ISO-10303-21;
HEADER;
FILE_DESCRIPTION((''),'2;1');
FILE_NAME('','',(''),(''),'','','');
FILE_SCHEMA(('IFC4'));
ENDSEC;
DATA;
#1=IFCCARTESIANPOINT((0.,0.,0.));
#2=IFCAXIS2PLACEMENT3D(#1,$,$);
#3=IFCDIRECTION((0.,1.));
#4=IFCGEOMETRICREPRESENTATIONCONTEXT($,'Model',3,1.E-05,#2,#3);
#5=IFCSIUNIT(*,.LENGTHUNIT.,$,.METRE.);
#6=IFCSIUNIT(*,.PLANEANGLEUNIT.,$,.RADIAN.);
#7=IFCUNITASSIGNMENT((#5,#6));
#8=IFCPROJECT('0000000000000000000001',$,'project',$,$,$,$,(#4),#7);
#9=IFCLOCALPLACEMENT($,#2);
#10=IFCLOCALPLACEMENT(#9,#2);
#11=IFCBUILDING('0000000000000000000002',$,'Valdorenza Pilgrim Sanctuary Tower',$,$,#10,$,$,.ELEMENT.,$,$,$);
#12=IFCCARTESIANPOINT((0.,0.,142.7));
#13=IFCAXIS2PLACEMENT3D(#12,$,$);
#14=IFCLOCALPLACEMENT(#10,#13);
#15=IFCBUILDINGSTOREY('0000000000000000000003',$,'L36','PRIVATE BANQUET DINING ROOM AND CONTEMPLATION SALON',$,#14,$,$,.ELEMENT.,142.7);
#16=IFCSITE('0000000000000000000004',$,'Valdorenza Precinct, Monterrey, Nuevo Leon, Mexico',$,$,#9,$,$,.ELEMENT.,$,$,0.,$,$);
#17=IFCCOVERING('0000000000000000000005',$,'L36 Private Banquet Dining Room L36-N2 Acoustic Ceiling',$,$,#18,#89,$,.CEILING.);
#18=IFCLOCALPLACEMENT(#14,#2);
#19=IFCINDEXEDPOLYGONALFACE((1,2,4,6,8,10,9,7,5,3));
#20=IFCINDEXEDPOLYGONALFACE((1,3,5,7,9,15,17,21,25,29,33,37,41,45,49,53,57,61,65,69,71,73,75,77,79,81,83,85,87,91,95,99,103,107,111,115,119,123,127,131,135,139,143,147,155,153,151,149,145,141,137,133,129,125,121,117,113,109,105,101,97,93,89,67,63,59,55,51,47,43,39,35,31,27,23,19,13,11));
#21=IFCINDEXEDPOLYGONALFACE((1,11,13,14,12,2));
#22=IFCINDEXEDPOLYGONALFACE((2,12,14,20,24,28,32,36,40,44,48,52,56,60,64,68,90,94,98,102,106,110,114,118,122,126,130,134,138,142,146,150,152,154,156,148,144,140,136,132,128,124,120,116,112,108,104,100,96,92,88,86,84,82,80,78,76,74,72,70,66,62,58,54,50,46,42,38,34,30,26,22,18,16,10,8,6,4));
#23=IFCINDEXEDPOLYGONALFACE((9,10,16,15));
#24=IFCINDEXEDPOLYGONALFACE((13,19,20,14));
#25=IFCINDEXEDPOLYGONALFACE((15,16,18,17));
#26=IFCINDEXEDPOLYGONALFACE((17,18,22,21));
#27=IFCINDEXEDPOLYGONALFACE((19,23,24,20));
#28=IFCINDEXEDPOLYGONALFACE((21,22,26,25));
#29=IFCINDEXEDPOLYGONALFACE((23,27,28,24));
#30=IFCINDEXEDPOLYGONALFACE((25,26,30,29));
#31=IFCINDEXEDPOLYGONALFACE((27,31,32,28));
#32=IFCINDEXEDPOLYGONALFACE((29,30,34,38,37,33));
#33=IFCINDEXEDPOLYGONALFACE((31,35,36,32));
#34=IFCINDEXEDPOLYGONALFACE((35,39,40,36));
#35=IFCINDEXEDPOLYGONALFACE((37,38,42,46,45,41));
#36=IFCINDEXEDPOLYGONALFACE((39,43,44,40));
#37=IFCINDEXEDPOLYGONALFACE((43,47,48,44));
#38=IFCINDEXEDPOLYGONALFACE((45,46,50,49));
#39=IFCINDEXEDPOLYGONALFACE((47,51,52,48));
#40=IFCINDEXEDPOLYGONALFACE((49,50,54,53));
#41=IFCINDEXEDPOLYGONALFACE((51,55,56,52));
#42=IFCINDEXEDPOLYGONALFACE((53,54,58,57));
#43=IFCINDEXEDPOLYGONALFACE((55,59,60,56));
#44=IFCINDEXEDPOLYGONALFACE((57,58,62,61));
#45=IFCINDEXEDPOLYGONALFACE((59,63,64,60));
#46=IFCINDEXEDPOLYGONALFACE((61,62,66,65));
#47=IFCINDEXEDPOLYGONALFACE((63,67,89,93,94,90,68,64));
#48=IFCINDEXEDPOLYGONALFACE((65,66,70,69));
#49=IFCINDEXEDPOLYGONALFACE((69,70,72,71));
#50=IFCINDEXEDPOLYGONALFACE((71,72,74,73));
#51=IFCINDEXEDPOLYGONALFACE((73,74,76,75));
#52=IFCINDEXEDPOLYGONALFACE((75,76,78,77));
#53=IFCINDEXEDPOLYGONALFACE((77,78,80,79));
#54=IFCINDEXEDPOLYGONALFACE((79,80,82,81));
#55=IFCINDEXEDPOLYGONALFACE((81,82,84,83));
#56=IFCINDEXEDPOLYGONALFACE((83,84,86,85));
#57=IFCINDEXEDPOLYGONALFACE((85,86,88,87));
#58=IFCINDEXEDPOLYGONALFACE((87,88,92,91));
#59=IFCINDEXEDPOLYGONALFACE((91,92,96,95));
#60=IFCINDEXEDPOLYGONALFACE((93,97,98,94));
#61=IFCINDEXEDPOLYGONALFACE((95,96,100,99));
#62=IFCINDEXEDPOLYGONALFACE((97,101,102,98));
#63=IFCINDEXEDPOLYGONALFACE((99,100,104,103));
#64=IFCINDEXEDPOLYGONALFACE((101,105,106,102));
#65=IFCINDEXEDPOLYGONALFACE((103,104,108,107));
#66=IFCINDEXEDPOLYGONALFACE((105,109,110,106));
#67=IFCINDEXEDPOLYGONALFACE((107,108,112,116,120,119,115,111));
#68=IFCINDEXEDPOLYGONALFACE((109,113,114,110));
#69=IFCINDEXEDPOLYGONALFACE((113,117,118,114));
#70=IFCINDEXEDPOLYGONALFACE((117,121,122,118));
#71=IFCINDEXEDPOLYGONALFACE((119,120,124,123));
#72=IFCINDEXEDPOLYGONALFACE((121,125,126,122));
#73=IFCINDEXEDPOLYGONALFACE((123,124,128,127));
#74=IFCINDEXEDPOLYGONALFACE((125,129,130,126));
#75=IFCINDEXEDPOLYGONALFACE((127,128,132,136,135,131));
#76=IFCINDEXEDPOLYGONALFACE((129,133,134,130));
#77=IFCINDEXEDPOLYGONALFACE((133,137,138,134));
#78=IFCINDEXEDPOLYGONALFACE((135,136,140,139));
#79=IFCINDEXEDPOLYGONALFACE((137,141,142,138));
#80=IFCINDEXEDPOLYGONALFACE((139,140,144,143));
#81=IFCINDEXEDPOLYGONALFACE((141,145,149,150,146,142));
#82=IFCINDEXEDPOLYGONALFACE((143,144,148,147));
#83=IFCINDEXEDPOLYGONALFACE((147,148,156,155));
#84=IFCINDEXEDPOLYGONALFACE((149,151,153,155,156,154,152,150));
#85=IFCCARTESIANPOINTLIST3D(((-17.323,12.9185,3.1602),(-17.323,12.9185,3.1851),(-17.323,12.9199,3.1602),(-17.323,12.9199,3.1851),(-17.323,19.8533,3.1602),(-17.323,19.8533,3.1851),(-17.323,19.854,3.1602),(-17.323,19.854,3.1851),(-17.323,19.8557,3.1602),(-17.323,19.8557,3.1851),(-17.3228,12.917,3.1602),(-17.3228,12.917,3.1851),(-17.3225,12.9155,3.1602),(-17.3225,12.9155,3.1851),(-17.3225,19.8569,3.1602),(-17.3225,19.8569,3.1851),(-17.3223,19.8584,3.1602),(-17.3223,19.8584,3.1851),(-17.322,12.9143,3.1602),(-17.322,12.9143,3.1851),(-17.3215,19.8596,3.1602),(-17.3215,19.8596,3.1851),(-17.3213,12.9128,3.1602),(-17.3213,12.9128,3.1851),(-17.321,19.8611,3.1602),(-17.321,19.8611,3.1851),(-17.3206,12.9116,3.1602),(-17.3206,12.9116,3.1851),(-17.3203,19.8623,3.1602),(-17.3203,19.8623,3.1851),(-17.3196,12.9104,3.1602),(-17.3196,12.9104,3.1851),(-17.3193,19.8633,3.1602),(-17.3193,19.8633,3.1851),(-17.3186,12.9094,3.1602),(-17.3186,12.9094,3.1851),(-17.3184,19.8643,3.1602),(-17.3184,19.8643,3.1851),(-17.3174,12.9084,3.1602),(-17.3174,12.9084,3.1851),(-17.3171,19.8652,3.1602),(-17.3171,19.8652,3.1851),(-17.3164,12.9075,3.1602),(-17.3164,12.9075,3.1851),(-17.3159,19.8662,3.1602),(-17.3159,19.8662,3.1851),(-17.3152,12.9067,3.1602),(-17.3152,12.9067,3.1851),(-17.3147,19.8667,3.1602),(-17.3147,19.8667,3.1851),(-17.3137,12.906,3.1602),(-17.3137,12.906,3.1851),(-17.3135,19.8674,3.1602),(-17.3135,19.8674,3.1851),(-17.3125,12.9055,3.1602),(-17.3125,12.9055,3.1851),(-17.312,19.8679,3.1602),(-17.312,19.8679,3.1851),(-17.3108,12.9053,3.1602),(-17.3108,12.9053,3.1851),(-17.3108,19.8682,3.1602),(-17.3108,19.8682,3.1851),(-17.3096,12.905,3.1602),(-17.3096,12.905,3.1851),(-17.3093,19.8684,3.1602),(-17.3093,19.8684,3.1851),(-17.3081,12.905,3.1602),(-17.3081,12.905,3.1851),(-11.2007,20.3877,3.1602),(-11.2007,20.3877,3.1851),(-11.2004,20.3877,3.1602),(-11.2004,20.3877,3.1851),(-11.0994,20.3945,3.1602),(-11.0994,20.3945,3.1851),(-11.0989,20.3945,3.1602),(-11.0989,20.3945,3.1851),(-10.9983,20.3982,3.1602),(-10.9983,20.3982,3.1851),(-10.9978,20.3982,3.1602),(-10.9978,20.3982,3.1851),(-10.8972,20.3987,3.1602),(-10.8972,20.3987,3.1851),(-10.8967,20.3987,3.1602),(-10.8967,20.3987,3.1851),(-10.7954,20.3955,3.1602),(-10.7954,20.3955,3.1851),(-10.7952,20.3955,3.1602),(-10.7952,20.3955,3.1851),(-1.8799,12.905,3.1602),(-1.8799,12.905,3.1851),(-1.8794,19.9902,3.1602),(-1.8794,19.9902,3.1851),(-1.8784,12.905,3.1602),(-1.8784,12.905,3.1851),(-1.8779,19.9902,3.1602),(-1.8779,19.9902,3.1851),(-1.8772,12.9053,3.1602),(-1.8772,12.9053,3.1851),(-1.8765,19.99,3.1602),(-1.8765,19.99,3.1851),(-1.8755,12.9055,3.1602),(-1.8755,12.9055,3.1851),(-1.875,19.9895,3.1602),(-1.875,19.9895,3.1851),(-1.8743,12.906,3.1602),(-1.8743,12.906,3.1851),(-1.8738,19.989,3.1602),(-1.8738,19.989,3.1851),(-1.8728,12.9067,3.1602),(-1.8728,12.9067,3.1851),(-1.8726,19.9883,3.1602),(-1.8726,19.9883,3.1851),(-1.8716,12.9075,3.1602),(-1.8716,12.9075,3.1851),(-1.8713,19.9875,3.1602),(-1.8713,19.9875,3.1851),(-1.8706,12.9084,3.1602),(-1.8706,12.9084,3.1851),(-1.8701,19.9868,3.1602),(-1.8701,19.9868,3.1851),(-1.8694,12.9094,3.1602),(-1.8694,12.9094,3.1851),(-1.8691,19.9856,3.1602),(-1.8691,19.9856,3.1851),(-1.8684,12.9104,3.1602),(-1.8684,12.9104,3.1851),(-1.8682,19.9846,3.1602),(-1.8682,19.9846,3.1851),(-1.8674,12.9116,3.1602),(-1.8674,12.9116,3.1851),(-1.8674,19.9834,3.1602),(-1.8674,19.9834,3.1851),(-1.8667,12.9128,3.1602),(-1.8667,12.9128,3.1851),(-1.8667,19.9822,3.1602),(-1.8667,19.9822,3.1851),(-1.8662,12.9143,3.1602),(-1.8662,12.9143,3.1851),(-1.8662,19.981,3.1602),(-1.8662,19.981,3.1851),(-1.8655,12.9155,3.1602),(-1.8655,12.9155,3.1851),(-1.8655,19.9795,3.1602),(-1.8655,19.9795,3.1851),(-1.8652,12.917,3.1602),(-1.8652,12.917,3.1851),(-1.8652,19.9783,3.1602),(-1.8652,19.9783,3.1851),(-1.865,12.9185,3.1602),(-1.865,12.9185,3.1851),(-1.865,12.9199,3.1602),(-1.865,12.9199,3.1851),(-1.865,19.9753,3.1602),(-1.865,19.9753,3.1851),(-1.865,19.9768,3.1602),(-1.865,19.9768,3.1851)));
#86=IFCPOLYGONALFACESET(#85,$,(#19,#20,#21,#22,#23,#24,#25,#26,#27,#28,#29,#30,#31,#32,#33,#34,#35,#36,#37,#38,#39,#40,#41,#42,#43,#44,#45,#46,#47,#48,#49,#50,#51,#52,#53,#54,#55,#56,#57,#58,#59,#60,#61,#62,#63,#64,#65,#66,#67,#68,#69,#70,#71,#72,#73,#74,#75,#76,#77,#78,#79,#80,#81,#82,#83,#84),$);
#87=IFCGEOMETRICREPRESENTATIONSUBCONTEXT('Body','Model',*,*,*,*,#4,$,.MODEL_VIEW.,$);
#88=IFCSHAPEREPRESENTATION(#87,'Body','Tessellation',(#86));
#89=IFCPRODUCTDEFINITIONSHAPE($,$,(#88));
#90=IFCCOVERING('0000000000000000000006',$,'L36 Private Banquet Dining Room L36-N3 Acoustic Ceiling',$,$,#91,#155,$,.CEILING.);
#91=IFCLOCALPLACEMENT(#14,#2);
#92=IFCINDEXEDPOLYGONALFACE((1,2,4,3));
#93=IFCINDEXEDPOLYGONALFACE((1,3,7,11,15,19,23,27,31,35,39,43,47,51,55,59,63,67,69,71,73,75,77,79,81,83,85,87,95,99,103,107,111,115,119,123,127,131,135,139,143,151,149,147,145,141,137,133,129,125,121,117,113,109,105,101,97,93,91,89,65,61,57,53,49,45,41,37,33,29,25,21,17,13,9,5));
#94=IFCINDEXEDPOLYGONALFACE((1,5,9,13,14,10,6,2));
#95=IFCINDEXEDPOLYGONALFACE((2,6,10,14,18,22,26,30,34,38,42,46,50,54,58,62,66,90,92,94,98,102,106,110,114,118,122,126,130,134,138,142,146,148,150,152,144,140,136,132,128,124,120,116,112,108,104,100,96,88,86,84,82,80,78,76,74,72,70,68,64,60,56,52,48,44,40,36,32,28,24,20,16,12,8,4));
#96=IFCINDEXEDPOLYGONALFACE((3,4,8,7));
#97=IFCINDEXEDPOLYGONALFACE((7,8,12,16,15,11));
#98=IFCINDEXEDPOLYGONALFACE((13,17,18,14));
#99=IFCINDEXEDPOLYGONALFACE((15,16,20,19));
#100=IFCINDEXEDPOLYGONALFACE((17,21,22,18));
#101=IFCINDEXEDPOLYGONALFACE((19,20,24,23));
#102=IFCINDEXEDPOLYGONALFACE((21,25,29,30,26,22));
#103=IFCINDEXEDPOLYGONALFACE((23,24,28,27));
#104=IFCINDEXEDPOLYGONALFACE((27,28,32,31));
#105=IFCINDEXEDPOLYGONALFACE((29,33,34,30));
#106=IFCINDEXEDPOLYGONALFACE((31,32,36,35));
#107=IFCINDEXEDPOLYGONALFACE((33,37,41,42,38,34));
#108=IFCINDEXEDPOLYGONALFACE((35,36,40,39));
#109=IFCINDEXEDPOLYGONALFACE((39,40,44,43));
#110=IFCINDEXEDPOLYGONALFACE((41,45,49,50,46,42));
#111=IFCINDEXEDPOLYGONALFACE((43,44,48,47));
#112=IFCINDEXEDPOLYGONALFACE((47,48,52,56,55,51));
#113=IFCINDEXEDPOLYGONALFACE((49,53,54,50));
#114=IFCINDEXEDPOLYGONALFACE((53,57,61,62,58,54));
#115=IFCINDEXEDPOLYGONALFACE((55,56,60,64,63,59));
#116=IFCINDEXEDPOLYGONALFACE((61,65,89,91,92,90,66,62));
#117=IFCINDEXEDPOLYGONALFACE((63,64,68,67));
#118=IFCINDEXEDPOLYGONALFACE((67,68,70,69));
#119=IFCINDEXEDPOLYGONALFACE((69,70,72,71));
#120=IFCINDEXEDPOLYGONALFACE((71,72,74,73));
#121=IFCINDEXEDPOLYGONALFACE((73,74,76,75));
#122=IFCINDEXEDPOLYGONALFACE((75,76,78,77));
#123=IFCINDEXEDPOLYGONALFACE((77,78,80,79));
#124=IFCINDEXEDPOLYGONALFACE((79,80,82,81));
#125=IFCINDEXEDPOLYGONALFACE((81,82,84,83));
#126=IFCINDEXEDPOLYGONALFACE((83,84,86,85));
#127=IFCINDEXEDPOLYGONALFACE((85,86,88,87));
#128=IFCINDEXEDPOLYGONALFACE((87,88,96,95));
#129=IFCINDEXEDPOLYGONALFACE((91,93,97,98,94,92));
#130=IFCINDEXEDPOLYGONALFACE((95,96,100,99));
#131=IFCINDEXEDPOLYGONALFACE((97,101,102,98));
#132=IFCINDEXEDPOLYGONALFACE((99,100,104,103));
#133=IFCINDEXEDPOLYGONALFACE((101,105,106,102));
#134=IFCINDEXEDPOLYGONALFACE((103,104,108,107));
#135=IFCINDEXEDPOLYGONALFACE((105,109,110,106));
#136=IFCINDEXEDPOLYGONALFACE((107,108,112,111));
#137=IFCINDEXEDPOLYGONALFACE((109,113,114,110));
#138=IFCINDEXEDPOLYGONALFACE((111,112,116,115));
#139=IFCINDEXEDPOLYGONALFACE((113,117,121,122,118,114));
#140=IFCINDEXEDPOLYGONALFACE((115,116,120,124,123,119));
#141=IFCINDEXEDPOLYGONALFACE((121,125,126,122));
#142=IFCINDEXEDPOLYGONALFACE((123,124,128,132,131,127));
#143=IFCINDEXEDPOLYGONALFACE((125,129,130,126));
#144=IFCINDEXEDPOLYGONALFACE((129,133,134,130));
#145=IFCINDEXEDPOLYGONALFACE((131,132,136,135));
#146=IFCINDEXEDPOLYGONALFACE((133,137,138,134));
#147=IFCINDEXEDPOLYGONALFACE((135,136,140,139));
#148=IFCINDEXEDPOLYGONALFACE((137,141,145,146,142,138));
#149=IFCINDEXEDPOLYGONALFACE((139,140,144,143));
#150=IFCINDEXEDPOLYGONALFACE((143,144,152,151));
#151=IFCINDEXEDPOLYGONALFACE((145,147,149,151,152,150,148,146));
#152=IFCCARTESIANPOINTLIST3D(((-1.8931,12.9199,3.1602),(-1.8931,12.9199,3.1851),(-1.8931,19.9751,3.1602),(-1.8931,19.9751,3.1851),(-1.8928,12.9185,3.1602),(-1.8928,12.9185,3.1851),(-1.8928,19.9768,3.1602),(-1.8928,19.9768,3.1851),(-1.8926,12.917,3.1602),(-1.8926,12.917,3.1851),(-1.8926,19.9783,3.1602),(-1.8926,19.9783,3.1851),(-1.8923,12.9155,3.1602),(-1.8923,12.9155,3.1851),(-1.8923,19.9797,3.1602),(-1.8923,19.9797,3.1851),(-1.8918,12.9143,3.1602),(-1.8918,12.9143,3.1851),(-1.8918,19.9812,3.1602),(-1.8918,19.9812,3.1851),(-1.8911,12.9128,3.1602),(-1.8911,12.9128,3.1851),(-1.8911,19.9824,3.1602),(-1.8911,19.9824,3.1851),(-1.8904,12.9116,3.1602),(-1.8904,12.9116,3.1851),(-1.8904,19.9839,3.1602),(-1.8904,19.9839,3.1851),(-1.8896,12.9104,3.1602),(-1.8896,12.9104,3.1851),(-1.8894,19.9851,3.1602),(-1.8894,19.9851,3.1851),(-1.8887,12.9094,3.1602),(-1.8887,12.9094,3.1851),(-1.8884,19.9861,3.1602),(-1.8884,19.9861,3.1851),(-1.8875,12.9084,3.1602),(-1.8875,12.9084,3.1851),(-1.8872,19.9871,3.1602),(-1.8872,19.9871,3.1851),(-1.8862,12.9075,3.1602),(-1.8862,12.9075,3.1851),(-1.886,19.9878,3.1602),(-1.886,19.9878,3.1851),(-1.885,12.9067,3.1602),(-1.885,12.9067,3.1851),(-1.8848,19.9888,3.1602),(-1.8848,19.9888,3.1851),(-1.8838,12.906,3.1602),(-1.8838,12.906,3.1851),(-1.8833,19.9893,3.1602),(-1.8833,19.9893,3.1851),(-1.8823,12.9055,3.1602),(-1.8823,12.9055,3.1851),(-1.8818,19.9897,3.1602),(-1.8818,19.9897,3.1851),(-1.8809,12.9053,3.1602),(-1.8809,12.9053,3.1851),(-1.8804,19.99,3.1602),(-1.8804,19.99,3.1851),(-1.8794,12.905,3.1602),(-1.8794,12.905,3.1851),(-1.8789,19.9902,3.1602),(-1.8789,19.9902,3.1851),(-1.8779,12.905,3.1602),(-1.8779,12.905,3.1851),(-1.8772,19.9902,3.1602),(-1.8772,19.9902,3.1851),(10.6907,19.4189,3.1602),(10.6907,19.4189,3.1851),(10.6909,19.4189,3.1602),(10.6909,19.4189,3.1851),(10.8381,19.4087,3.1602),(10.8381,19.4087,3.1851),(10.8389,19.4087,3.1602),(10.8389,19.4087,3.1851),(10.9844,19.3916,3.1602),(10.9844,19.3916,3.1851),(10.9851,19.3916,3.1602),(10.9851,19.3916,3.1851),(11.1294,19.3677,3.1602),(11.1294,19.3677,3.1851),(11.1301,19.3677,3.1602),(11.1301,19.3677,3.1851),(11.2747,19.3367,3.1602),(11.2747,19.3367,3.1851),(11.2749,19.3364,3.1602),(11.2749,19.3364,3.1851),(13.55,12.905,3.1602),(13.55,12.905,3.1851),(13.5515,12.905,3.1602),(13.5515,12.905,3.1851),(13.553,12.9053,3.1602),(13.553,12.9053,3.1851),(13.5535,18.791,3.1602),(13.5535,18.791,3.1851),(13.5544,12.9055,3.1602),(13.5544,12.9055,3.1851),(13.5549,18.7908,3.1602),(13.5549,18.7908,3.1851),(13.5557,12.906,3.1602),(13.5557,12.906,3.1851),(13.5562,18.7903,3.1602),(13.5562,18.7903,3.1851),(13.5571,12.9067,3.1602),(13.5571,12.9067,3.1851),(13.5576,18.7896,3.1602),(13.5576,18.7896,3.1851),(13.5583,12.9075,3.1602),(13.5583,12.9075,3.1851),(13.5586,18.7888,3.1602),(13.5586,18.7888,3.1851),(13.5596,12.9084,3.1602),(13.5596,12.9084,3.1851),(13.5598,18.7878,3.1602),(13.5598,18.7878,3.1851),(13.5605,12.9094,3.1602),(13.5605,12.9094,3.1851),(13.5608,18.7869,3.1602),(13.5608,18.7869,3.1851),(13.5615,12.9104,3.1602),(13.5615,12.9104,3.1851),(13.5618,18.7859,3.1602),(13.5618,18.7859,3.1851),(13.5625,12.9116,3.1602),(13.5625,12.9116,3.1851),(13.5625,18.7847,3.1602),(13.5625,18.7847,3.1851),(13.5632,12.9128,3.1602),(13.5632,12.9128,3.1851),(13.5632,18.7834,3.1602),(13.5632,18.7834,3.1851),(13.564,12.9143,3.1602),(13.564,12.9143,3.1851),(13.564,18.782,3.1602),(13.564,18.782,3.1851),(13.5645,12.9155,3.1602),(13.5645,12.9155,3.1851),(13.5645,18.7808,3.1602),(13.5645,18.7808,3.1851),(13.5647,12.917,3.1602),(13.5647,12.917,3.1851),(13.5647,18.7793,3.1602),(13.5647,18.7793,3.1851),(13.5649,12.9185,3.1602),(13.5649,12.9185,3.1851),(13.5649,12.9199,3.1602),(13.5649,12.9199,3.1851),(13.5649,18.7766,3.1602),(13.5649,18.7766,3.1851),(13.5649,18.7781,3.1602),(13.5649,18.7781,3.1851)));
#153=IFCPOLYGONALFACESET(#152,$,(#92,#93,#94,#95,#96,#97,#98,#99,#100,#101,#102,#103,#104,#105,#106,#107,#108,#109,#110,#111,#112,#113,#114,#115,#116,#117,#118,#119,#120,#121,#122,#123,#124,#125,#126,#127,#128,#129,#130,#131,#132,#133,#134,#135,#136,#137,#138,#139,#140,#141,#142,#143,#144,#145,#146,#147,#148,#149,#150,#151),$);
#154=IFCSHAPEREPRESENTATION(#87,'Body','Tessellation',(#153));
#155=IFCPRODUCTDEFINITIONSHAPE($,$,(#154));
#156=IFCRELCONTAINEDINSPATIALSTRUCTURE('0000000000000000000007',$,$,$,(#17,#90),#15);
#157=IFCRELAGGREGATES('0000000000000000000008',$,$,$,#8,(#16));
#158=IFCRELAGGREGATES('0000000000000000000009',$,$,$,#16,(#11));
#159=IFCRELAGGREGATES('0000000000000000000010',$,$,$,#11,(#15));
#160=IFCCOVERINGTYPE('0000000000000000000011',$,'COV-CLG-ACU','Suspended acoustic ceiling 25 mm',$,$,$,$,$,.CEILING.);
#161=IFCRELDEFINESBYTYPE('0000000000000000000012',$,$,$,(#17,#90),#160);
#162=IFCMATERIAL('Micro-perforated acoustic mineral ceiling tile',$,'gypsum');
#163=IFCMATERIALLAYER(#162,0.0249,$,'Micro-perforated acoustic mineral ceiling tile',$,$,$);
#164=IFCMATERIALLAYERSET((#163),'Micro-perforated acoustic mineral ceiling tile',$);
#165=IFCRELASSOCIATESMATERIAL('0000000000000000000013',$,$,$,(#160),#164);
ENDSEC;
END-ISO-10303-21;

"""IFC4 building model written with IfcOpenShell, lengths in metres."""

from ifc_helpers import new_model, si_unit, direction, frame, origin, place, context, subcontext, project, spatial, polyline, outline, extrude, material, layer, layer_set, type_object, element, save


model = new_model("IFC4")

# Units and contexts
model_context = context("Model", 3, precision=1e-05, world=origin(), true_north=direction((0.0, 1.0)))
body_context = subcontext(model_context, "Body", "Model", "MODEL_VIEW")
ifc_project = project(units=[si_unit("LENGTHUNIT", "METRE"), si_unit("PLANEANGLEUNIT", "RADIAN")], contexts=[model_context])

# Site, building, storey
site_placement = place(None, origin())
site = spatial("IfcSite", under=ifc_project, at=site_placement, Name="Valdorenza Precinct, Monterrey, Nuevo Leon, Mexico", CompositionType="ELEMENT", RefElevation=0.0)
building_placement = place(site_placement, origin())
building = spatial("IfcBuilding", under=site, at=building_placement, Name="Valdorenza Pilgrim Sanctuary Tower", CompositionType="ELEMENT")
storey_placement = place(building_placement, frame((0.0, 0.0, 142.7)))
storey = spatial("IfcBuildingStorey", under=building, at=storey_placement, Name="L36", Description="PRIVATE BANQUET DINING ROOM AND CONTEMPLATION SALON", CompositionType="ELEMENT", Elevation=142.7)

# Coverings
ifc_material_1 = material(Name="Micro-perforated acoustic mineral ceiling tile", Category="gypsum")
ifc_layer_1 = layer(ifc_material_1, 0.0249, Name="Micro-perforated acoustic mineral ceiling tile")
ifc_layer_set_1 = layer_set([ifc_layer_1], Name="Micro-perforated acoustic mineral ceiling tile")
covering_type_1 = type_object("IfcCoveringType", Name="COV-CLG-ACU", Description="Suspended acoustic ceiling 25 mm", PredefinedType="CEILING", material=ifc_layer_set_1)
covering_1_placement = place(storey_placement, frame((0.0, 0.0, 3.1602)))
element("IfcCovering", 1, at=covering_1_placement, inside=storey, type_object=covering_type_1, Name="L36 Private Banquet Dining Room L36-N2 Acoustic Ceiling", PredefinedType="CEILING", context=body_context, shape_type="SweptSolid", body=[
    extrude(outline(polyline([(-17.323, 19.8533), (-17.323, 19.854), (-17.323, 19.8557), (-17.3225, 19.8569), (-17.3223, 19.8584), (-17.3215, 19.8596), (-17.321, 19.8611), (-17.3203, 19.8623), (-17.3193, 19.8633), (-17.3184, 19.8643), (-17.3171, 19.8652), (-17.3159, 19.8662), (-17.3147, 19.8667), (-17.3135, 19.8674), (-17.312, 19.8679), (-17.3108, 19.8682), (-17.3093, 19.8684), (-11.2007, 20.3877), (-11.2004, 20.3877), (-11.0994, 20.3945), (-11.0989, 20.3945), (-10.9983, 20.3982), (-10.9978, 20.3982), (-10.8972, 20.3987), (-10.8967, 20.3987), (-10.7954, 20.3955), (-10.7952, 20.3955), (-1.8794, 19.9902), (-1.8779, 19.9902), (-1.8765, 19.99), (-1.875, 19.9895), (-1.8738, 19.989), (-1.8726, 19.9883), (-1.8713, 19.9875), (-1.8701, 19.9868), (-1.8691, 19.9856), (-1.8682, 19.9846), (-1.8674, 19.9834), (-1.8667, 19.9822), (-1.8662, 19.981), (-1.8655, 19.9795), (-1.8652, 19.9783), (-1.865, 19.9768), (-1.865, 19.9753), (-1.865, 12.9199), (-1.865, 12.9185), (-1.8652, 12.917), (-1.8655, 12.9155), (-1.8662, 12.9143), (-1.8667, 12.9128), (-1.8674, 12.9116), (-1.8684, 12.9104), (-1.8694, 12.9094), (-1.8706, 12.9084), (-1.8716, 12.9075), (-1.8728, 12.9067), (-1.8743, 12.906), (-1.8755, 12.9055), (-1.8772, 12.9053), (-1.8784, 12.905), (-1.8799, 12.905), (-17.3081, 12.905), (-17.3096, 12.905), (-17.3108, 12.9053), (-17.3125, 12.9055), (-17.3137, 12.906), (-17.3152, 12.9067), (-17.3164, 12.9075), (-17.3174, 12.9084), (-17.3186, 12.9094), (-17.3196, 12.9104), (-17.3206, 12.9116), (-17.3213, 12.9128), (-17.322, 12.9143), (-17.3225, 12.9155), (-17.3228, 12.917), (-17.323, 12.9185), (-17.323, 12.9199), (-17.323, 19.8533), (-17.323, 19.8533)])), origin(), (0.0, 0.0, 1.0), 0.0249),
])
covering_2_placement = place(storey_placement, frame((0.0, 0.0, 3.1602)))
element("IfcCovering", 2, at=covering_2_placement, inside=storey, type_object=covering_type_1, Name="L36 Private Banquet Dining Room L36-N3 Acoustic Ceiling", PredefinedType="CEILING", context=body_context, shape_type="SweptSolid", body=[
    extrude(outline(polyline([(-1.8779, 12.905), (-1.8794, 12.905), (-1.8809, 12.9053), (-1.8823, 12.9055), (-1.8838, 12.906), (-1.885, 12.9067), (-1.8862, 12.9075), (-1.8875, 12.9084), (-1.8887, 12.9094), (-1.8896, 12.9104), (-1.8904, 12.9116), (-1.8911, 12.9128), (-1.8918, 12.9143), (-1.8923, 12.9155), (-1.8926, 12.917), (-1.8928, 12.9185), (-1.8931, 12.9199), (-1.8931, 19.9751), (-1.8928, 19.9768), (-1.8926, 19.9783), (-1.8923, 19.9797), (-1.8918, 19.9812), (-1.8911, 19.9824), (-1.8904, 19.9839), (-1.8894, 19.9851), (-1.8884, 19.9861), (-1.8872, 19.9871), (-1.886, 19.9878), (-1.8848, 19.9888), (-1.8833, 19.9893), (-1.8818, 19.9897), (-1.8804, 19.99), (-1.8789, 19.9902), (-1.8772, 19.9902), (10.6907, 19.4189), (10.6909, 19.4189), (10.8381, 19.4087), (10.8389, 19.4087), (10.9844, 19.3916), (10.9851, 19.3916), (11.1294, 19.3677), (11.1301, 19.3677), (11.2747, 19.3367), (11.2749, 19.3364), (13.5535, 18.791), (13.5549, 18.7908), (13.5562, 18.7903), (13.5576, 18.7896), (13.5586, 18.7888), (13.5598, 18.7878), (13.5608, 18.7869), (13.5618, 18.7859), (13.5625, 18.7847), (13.5632, 18.7834), (13.564, 18.782), (13.5645, 18.7808), (13.5647, 18.7793), (13.5649, 18.7781), (13.5649, 18.7766), (13.5649, 12.9199), (13.5649, 12.9185), (13.5647, 12.917), (13.5645, 12.9155), (13.564, 12.9143), (13.5632, 12.9128), (13.5625, 12.9116), (13.5615, 12.9104), (13.5605, 12.9094), (13.5596, 12.9084), (13.5583, 12.9075), (13.5571, 12.9067), (13.5557, 12.906), (13.5544, 12.9055), (13.553, 12.9053), (13.5515, 12.905), (13.55, 12.905), (-1.8779, 12.905)])), origin(), (0.0, 0.0, 1.0), 0.0249),
])

save(model, "model.ifc")
